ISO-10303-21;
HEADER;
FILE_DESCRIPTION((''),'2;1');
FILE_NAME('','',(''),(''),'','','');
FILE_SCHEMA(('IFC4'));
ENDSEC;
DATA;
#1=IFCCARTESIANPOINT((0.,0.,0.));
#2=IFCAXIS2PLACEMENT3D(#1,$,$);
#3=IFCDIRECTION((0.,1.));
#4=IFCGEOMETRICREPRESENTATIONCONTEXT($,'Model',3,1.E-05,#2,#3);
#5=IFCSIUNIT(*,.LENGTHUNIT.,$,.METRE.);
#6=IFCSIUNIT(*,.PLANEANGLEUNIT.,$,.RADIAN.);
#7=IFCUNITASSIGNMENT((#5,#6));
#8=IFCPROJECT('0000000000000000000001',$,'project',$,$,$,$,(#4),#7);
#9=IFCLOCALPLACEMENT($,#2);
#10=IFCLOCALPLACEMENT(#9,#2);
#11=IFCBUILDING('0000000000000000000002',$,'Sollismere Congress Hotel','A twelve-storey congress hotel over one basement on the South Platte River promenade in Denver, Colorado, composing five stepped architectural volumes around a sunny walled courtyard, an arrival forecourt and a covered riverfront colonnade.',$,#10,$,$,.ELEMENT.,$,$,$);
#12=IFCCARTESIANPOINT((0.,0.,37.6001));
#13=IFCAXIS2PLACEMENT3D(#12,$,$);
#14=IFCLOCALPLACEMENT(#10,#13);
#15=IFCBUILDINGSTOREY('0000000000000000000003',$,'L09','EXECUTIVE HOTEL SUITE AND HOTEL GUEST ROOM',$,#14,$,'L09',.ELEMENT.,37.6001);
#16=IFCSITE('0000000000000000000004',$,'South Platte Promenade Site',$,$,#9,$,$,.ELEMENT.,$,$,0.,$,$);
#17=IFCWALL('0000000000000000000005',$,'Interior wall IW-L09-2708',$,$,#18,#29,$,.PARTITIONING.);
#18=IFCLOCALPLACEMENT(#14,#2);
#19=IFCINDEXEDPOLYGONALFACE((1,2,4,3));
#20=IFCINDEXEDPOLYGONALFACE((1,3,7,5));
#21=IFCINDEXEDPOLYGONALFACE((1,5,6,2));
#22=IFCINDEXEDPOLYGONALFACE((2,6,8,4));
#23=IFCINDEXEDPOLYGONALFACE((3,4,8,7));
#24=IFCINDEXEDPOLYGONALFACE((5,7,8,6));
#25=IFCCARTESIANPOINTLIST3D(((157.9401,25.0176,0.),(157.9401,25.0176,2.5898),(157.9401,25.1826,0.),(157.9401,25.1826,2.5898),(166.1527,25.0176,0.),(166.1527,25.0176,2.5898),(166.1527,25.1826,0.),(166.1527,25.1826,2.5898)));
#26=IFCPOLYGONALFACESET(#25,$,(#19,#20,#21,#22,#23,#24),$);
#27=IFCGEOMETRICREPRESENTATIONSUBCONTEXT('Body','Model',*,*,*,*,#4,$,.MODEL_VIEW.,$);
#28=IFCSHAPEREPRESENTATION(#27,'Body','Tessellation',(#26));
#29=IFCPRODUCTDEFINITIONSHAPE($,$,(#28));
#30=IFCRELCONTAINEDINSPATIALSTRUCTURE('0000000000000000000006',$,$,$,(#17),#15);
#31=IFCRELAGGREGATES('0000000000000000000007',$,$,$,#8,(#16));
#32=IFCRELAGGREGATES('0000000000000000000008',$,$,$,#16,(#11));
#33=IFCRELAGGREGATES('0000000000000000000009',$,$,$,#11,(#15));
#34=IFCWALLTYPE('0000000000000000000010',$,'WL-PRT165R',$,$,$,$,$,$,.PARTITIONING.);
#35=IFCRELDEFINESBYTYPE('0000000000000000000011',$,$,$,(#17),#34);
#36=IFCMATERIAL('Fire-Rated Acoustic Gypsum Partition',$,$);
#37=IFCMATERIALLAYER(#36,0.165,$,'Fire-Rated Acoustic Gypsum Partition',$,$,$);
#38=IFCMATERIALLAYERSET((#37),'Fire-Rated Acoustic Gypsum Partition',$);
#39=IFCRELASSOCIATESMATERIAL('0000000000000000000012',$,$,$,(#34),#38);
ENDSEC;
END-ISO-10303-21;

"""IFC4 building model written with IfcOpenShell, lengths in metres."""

from ifc_helpers import new_model, si_unit, direction, frame, frame_2d, origin, place, context, subcontext, project, spatial, rectangle, extrude, material, layer, layer_set, type_object, element, save


model = new_model("IFC4")

# Units and contexts
model_context = context("Model", 3, precision=1e-05, world=origin(), true_north=direction((0.0, 1.0)))
body_context = subcontext(model_context, "Body", "Model", "MODEL_VIEW")
ifc_project = project(units=[si_unit("LENGTHUNIT", "METRE"), si_unit("PLANEANGLEUNIT", "RADIAN")], contexts=[model_context])

# Site, building, storey
site_placement = place(None, origin())
site = spatial("IfcSite", under=ifc_project, at=site_placement, Name="South Platte Promenade Site", CompositionType="ELEMENT", RefElevation=0.0)
building_placement = place(site_placement, origin())
building = spatial("IfcBuilding", under=site, at=building_placement, Name="Sollismere Congress Hotel", Description="A twelve-storey congress hotel over one basement on the South Platte River promenade in Denver, Colorado, composing five stepped architectural volumes around a sunny walled courtyard, an arrival forecourt and a covered riverfront colonnade.", CompositionType="ELEMENT")
storey_placement = place(building_placement, frame((0.0, 0.0, 37.6001)))
storey = spatial("IfcBuildingStorey", under=building, at=storey_placement, Name="L09", Description="EXECUTIVE HOTEL SUITE AND HOTEL GUEST ROOM", LongName="L09", CompositionType="ELEMENT", Elevation=37.6001)

# Wall
ifc_material_1 = material(Name="Fire-Rated Acoustic Gypsum Partition")
ifc_layer_1 = layer(ifc_material_1, 0.165, Name="Fire-Rated Acoustic Gypsum Partition")
ifc_layer_set_1 = layer_set([ifc_layer_1], Name="Fire-Rated Acoustic Gypsum Partition")
wall_type_1 = type_object("IfcWallType", Name="WL-PRT165R", PredefinedType="PARTITIONING", material=ifc_layer_set_1)
wall_1_placement = place(storey_placement, frame((157.9399, 25.1001, 0.0), z_axis=(0.0, 0.0, 1.0), x_axis=(1.0, 0.0, 0.0)))
element("IfcWall", 1, at=wall_1_placement, inside=storey, type_object=wall_type_1, Name="Interior wall IW-L09-2708", PredefinedType="PARTITIONING", context=body_context, shape_type="SweptSolid", body=[
    extrude(rectangle(XDim=8.2126, YDim=0.165, at=frame_2d((4.1064, 0.0))), origin(), (0.0, 0.0, 1.0), 2.5898),
])

save(model, "model.ifc")
